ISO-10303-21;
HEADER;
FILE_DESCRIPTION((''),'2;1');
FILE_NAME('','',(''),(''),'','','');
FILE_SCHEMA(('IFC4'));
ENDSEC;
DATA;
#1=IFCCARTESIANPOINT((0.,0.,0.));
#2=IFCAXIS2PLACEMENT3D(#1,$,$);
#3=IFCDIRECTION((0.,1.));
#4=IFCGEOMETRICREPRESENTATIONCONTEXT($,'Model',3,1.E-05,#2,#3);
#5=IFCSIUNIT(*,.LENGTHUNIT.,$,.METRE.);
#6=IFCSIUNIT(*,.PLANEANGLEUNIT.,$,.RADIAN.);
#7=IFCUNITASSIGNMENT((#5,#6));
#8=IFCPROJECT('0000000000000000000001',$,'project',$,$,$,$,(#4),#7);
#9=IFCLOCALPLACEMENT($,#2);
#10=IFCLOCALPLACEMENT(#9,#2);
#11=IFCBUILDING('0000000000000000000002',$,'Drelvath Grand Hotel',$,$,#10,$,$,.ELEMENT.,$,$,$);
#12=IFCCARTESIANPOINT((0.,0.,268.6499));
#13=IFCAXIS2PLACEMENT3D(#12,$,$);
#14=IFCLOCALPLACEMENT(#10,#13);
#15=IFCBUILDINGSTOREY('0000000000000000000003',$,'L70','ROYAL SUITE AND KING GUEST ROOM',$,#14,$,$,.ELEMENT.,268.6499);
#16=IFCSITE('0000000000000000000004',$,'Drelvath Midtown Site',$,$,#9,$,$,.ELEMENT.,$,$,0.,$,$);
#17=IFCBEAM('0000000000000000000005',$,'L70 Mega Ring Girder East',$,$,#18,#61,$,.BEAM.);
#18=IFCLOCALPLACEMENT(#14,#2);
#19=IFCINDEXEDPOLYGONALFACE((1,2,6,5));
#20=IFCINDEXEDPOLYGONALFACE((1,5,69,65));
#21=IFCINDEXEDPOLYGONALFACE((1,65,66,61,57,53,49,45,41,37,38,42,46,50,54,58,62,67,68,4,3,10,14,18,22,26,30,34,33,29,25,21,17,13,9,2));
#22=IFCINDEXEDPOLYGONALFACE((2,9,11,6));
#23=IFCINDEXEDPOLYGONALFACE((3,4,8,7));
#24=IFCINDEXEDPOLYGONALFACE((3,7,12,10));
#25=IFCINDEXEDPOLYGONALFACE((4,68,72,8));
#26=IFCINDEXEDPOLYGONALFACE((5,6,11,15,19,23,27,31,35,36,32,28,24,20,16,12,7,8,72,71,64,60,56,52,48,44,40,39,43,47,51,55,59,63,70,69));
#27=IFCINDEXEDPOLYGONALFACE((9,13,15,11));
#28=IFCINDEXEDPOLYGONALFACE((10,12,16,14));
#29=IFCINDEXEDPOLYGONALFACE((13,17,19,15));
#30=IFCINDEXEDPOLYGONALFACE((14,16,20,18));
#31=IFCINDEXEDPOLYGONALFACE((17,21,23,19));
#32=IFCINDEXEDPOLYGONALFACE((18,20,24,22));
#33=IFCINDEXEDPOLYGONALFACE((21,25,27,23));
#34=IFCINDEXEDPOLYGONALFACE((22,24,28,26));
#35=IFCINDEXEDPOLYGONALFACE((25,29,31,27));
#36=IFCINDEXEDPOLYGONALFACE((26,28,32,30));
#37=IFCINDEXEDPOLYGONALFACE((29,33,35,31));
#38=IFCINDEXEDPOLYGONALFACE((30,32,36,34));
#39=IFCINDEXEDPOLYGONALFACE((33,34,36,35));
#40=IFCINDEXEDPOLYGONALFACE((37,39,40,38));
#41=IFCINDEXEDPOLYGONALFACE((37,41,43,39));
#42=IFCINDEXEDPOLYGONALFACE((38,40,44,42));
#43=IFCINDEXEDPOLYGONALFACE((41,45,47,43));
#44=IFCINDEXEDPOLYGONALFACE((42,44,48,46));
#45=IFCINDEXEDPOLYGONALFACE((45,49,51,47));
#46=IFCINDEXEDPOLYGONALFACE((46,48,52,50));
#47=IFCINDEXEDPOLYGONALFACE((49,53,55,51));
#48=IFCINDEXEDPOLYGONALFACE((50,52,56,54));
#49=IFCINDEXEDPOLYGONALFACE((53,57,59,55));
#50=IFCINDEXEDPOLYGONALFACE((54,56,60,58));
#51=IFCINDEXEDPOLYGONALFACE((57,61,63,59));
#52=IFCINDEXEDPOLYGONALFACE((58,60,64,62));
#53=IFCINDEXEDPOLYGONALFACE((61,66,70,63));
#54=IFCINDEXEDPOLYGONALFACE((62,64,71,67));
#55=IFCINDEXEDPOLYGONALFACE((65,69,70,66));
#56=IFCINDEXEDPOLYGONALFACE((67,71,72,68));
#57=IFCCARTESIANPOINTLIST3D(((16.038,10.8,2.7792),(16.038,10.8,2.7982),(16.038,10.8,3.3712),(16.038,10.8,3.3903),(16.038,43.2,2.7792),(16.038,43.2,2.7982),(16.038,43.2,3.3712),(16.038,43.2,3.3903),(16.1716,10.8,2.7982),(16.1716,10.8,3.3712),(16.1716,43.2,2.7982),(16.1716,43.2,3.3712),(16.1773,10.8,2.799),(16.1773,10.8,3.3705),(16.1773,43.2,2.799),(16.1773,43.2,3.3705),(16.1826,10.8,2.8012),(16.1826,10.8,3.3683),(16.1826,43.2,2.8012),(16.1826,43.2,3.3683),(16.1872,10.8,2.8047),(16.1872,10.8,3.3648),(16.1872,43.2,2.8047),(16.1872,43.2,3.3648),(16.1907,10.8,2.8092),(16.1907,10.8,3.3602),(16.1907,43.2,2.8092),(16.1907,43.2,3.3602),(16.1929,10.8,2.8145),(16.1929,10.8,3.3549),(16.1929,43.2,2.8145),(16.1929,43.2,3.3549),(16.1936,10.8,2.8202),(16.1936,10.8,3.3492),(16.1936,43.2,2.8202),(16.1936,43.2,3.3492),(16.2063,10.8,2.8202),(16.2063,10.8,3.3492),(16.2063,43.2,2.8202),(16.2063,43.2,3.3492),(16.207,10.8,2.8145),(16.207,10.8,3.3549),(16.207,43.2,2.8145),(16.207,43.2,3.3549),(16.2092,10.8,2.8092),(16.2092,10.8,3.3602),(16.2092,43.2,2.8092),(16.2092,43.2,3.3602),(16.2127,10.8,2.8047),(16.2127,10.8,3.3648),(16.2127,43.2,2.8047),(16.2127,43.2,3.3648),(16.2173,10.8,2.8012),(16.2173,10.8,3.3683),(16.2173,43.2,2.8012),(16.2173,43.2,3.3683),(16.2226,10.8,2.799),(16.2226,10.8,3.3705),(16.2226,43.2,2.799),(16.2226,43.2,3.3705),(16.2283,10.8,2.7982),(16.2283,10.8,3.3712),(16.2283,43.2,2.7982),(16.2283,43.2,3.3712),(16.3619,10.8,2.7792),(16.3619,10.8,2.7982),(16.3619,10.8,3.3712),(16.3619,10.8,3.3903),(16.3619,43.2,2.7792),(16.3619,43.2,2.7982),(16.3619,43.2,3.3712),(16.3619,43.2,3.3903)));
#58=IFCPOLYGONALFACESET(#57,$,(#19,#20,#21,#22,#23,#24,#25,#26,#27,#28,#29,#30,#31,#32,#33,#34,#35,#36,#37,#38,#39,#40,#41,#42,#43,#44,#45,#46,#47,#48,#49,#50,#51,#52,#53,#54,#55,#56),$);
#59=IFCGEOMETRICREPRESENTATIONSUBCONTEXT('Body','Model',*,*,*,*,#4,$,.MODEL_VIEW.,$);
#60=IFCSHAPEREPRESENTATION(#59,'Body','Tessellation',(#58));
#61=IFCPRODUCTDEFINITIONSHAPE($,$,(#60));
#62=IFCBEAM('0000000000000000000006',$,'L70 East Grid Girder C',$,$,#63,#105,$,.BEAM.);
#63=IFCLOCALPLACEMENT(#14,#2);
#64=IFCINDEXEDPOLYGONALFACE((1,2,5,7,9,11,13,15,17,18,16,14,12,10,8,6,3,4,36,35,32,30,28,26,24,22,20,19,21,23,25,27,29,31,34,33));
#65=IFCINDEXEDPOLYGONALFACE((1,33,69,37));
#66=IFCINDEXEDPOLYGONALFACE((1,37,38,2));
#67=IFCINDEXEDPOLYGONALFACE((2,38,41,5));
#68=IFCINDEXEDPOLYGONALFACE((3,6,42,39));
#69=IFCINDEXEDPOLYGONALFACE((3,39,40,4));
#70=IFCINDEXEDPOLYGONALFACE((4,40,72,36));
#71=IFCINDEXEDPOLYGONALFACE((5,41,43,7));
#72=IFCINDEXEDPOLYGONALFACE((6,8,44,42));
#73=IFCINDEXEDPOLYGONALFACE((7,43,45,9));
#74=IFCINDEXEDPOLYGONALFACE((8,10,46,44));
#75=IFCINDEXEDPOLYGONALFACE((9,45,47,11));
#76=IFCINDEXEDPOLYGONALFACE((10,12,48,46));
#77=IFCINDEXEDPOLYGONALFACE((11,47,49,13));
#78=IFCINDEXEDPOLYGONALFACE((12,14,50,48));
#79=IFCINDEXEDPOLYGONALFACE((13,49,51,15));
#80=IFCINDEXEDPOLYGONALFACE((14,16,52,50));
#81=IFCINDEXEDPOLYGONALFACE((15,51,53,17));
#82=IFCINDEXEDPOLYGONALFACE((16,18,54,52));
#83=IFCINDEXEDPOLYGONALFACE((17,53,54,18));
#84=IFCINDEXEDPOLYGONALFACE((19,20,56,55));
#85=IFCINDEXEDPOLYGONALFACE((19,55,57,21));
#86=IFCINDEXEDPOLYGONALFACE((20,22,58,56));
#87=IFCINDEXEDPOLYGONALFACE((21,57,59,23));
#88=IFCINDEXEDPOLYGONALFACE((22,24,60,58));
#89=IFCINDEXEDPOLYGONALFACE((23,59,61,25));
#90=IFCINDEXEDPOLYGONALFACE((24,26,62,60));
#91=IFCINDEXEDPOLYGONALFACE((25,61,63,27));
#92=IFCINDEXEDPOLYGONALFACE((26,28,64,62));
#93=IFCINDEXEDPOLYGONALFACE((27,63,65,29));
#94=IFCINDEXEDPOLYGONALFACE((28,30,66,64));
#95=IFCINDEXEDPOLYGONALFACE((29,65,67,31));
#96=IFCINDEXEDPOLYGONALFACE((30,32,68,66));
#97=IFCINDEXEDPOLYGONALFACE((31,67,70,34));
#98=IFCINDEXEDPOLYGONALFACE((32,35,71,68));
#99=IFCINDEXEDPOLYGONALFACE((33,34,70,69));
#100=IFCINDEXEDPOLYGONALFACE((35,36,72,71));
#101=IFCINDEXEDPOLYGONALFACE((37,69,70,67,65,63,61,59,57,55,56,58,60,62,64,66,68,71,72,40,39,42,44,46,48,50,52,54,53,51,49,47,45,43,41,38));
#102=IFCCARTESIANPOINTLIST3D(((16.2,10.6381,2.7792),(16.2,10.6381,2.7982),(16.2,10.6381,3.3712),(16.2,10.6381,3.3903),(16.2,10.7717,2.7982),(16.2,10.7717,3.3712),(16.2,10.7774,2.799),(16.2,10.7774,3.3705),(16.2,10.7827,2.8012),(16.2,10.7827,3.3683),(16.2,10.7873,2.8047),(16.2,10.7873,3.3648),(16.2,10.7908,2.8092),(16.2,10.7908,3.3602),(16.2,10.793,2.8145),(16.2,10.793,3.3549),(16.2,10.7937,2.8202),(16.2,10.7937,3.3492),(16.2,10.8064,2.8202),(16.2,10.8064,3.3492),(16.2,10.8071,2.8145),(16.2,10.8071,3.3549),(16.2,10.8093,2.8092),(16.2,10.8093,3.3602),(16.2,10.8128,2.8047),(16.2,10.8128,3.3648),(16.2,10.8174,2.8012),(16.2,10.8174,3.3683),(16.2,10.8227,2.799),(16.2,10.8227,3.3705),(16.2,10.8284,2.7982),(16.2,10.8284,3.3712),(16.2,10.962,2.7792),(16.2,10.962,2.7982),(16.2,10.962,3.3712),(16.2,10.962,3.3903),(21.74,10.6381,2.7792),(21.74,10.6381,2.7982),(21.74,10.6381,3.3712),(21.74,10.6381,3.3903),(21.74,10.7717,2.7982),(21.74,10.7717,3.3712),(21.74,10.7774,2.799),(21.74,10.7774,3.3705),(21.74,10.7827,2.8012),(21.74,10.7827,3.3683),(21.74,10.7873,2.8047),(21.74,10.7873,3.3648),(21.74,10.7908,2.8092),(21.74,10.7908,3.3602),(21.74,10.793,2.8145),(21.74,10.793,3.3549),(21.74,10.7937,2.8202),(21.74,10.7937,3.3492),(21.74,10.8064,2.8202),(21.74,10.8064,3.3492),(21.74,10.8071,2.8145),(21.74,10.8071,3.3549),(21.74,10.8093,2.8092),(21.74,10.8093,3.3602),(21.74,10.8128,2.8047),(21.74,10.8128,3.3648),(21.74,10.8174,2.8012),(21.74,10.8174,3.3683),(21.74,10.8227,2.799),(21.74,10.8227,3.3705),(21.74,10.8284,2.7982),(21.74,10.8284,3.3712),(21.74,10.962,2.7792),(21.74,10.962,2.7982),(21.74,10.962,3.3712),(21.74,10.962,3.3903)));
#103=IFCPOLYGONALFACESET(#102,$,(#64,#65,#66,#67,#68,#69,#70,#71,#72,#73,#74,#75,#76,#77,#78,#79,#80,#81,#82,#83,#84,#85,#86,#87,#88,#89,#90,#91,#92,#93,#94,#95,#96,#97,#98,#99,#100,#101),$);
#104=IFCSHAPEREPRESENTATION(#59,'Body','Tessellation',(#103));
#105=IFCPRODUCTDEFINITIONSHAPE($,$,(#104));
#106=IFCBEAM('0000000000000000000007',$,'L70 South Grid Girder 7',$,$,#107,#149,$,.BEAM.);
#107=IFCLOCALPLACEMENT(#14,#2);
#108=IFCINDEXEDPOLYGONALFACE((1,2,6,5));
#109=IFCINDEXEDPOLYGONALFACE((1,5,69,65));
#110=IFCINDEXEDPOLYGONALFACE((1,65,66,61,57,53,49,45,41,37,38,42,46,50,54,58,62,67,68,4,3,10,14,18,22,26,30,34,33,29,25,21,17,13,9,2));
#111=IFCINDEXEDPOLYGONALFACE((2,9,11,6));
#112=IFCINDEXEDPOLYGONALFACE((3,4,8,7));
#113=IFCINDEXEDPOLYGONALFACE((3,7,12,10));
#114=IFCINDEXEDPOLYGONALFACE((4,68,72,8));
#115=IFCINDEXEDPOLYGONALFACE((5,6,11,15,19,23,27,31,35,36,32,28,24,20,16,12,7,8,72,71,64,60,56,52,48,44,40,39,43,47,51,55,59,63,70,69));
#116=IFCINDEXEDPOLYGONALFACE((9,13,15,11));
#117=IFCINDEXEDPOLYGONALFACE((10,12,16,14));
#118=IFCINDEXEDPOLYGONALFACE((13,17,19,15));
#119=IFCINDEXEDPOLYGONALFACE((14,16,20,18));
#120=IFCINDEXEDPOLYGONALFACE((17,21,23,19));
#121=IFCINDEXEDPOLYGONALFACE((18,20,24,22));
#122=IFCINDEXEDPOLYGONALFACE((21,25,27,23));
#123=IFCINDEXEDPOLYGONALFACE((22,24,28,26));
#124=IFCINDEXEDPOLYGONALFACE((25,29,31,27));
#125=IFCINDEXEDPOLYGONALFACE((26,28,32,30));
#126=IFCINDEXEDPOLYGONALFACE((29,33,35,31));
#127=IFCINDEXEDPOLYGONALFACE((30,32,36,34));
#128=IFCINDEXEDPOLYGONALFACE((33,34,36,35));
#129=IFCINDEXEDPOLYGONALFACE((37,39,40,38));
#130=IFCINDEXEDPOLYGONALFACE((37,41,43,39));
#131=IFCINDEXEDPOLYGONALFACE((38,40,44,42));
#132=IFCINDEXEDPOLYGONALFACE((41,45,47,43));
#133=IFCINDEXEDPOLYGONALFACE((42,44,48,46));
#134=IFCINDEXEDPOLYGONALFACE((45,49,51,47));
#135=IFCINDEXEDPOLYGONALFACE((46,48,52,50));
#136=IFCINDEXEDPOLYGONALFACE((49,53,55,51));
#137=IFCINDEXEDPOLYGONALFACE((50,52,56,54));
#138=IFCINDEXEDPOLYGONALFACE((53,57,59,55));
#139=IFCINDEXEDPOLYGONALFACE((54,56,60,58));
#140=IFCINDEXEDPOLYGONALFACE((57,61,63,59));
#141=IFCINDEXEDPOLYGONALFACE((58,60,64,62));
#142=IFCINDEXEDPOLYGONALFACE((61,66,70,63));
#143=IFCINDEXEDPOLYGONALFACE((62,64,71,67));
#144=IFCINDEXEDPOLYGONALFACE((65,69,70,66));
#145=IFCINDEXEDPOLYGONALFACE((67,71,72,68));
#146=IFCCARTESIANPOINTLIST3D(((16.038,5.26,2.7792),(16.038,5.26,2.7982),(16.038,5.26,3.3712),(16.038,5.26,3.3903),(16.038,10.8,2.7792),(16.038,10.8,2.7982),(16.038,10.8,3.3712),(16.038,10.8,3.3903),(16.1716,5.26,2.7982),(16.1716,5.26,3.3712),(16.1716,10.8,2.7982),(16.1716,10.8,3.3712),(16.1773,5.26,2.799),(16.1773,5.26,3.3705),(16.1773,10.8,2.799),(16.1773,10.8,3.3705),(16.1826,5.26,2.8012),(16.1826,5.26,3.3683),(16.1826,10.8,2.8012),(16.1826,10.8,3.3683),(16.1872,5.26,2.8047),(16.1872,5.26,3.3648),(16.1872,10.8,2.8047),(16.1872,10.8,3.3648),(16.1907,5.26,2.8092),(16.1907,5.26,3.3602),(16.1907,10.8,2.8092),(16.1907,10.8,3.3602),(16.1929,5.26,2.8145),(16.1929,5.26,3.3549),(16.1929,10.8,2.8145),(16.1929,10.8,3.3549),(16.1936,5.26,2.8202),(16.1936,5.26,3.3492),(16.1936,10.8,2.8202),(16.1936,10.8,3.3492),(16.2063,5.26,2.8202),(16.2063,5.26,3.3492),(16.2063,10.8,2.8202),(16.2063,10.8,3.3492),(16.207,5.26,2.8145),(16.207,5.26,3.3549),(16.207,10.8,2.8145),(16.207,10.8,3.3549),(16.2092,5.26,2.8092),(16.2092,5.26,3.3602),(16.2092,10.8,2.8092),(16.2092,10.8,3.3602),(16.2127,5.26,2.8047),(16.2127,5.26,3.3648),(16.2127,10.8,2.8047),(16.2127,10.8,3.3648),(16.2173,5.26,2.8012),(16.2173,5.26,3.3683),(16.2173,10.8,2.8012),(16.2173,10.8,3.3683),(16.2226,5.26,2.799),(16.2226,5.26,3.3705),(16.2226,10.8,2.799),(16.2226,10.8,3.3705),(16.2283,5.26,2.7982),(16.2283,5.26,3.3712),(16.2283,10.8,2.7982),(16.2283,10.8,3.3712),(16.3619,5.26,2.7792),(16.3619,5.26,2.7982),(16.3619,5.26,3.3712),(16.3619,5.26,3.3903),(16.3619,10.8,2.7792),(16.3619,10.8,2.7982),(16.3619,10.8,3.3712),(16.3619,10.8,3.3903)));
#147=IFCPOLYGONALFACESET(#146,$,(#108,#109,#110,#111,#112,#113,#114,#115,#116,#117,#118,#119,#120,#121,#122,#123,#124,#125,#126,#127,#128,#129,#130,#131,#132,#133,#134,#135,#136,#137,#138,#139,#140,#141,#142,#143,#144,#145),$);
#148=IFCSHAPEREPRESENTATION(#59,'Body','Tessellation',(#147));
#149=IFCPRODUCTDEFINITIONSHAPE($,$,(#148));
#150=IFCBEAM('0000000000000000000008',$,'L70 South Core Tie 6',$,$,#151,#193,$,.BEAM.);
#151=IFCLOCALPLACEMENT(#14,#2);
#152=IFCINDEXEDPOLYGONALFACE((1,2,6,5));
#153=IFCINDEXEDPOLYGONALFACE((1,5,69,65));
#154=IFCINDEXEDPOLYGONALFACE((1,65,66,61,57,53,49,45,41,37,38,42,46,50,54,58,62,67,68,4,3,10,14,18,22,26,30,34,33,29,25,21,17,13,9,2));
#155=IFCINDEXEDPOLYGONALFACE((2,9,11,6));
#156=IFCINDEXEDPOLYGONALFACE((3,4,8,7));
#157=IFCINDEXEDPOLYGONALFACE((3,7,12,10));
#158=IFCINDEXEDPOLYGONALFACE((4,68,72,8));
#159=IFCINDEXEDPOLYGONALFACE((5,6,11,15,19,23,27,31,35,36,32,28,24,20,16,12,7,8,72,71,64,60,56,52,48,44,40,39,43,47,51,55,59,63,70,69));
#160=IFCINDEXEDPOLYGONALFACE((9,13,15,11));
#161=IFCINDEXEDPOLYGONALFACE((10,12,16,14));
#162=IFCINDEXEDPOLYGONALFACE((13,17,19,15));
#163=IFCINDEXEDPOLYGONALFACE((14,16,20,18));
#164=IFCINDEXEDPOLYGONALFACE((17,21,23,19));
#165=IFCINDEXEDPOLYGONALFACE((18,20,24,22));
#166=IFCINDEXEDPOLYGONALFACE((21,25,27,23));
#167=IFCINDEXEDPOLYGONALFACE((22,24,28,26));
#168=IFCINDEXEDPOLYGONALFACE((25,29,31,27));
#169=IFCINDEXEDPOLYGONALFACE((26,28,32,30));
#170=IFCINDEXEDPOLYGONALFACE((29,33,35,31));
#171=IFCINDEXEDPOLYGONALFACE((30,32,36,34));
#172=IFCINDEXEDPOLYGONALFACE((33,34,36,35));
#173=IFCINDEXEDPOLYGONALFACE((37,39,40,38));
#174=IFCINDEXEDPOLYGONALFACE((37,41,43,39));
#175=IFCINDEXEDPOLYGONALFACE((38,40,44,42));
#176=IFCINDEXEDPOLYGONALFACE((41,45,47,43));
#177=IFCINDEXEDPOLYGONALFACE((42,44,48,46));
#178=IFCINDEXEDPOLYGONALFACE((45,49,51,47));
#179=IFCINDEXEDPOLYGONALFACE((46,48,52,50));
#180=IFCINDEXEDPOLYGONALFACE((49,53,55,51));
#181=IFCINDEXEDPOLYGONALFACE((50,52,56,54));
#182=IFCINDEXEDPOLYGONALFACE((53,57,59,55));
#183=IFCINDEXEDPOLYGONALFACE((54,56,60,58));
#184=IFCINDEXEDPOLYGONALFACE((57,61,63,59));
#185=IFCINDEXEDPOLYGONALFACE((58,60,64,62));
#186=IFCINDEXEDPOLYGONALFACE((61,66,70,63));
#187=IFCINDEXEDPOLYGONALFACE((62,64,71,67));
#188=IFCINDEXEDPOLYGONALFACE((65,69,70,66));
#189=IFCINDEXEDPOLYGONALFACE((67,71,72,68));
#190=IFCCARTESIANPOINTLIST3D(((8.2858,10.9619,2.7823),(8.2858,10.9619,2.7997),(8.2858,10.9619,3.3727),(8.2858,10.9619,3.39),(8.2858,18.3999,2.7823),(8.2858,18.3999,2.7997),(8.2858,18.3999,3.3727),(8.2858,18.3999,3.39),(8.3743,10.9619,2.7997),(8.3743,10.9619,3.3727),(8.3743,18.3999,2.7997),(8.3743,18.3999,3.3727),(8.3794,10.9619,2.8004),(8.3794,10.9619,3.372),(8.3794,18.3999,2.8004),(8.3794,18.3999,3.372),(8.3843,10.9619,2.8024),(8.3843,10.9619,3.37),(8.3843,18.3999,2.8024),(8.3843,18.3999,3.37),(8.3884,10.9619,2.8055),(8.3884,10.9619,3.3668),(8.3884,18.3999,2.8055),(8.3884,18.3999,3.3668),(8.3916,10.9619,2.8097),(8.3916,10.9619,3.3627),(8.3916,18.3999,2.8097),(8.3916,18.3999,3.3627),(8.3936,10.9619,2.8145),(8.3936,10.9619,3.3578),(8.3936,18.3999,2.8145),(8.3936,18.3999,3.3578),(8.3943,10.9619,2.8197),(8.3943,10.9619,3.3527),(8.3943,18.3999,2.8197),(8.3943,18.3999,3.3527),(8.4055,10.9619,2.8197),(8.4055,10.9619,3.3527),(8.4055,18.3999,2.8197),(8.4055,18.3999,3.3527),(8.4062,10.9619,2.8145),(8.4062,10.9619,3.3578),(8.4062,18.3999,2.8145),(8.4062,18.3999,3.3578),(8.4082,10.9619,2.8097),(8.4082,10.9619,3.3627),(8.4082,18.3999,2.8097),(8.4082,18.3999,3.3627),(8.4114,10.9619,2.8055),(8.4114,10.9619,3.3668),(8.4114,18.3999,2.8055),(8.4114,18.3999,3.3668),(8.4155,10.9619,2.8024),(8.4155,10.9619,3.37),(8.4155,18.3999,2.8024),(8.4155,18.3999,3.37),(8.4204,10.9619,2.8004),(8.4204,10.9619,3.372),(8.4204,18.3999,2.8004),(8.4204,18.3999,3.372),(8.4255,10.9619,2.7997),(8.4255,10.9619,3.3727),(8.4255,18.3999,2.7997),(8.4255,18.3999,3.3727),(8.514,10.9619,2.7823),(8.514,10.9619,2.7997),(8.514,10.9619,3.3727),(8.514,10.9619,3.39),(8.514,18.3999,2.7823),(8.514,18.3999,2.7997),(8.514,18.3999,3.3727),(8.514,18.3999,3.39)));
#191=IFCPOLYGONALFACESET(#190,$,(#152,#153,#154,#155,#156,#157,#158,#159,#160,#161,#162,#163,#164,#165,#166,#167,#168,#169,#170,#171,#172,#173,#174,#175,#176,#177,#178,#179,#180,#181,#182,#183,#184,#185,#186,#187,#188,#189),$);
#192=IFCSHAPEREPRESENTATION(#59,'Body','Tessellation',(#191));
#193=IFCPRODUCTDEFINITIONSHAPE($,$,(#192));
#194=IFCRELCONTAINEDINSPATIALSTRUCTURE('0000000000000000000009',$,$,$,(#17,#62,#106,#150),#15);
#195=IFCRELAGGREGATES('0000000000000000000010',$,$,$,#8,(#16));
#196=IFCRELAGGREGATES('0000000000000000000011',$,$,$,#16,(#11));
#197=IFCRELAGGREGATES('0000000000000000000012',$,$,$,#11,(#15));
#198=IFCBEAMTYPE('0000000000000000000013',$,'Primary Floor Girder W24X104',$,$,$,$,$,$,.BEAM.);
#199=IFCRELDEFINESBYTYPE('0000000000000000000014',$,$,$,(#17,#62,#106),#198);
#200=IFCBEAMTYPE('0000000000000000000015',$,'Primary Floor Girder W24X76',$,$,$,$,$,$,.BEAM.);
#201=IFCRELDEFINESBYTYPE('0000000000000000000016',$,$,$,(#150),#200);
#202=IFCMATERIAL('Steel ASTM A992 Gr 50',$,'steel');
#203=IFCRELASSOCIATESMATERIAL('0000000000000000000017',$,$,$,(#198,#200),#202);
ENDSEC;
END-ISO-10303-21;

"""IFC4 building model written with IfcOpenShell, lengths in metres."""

from ifc_helpers import new_model, si_unit, direction, frame, origin, origin_2d, place, context, subcontext, project, spatial, i_section, extrude, material, material_profile, profile_set, type_object, element, save


model = new_model("IFC4")

# Units and contexts
model_context = context("Model", 3, precision=1e-05, world=origin(), true_north=direction((0.0, 1.0)))
body_context = subcontext(model_context, "Body", "Model", "MODEL_VIEW")
ifc_project = project(units=[si_unit("LENGTHUNIT", "METRE"), si_unit("PLANEANGLEUNIT", "RADIAN")], contexts=[model_context])

# Site, building, storey
site_placement = place(None, origin())
site = spatial("IfcSite", under=ifc_project, at=site_placement, Name="Drelvath Midtown Site", CompositionType="ELEMENT", RefElevation=0.0)
building_placement = place(site_placement, origin())
building = spatial("IfcBuilding", under=site, at=building_placement, Name="Drelvath Grand Hotel", CompositionType="ELEMENT")
storey_placement = place(building_placement, frame((0.0, 0.0, 268.6499)))
storey = spatial("IfcBuildingStorey", under=building, at=storey_placement, Name="L70", Description="ROYAL SUITE AND KING GUEST ROOM", CompositionType="ELEMENT", Elevation=268.6499)

# Shared definitions
ifc_material_1 = material(Name="Steel ASTM A992 Gr 50", Category="steel")

# Beams
ifc_material_profile_1 = material_profile(ifc_material_1, i_section(OverallWidth=0.324, OverallDepth=0.6111, WebThickness=0.0127, FlangeThickness=0.019, FilletRadius=0.022, at=origin_2d()), Name="W24X104")
ifc_profile_set_1 = profile_set([ifc_material_profile_1], Name="Steel ASTM A992 Gr 50")
beam_type_1 = type_object("IfcBeamType", Name="Primary Floor Girder W24X104", PredefinedType="BEAM", material=ifc_profile_set_1)
beam_1_placement = place(storey_placement, frame((16.2, 10.8, 3.0847), z_axis=(0.0, 1.0, 0.0), x_axis=(-1.0, 0.0, 0.0)))
element("IfcBeam", 1, at=beam_1_placement, inside=storey, type_object=beam_type_1, Name="L70 Mega Ring Girder East", PredefinedType="BEAM", context=body_context, shape_type="SweptSolid", body=[
    extrude(i_section(OverallWidth=0.324, OverallDepth=0.6111, WebThickness=0.0127, FlangeThickness=0.019, FilletRadius=0.022, at=origin_2d()), origin(), (0.0, 0.0, 1.0), 32.3999),
])
for number, where, z_axis, x_axis, name in (
    (2, (16.2, 10.8, 3.0847), (1.0, 0.0, 0.0), (0.0, 1.0, 0.0), "L70 East Grid Girder C"),
    (3, (16.2, 5.26, 3.0847), (0.0, 1.0, 0.0), (-1.0, 0.0, 0.0), "L70 South Grid Girder 7"),
):
    element("IfcBeam", number, at=place(storey_placement, frame(where, z_axis=z_axis, x_axis=x_axis)), inside=storey, type_object=beam_type_1, Name=name, PredefinedType="BEAM", context=body_context, shape_type="SweptSolid", body=[
        extrude(i_section(OverallWidth=0.324, OverallDepth=0.6111, WebThickness=0.0127, FlangeThickness=0.019, FilletRadius=0.022, at=origin_2d()), origin(), (0.0, 0.0, 1.0), 5.54),
    ])
ifc_material_profile_2 = material_profile(ifc_material_1, i_section(OverallWidth=0.2283, OverallDepth=0.6077, WebThickness=0.0112, FlangeThickness=0.0173, FilletRadius=0.02, at=origin_2d()), Name="W24X76")
ifc_profile_set_2 = profile_set([ifc_material_profile_2], Name="Steel ASTM A992 Gr 50")
beam_type_2 = type_object("IfcBeamType", Name="Primary Floor Girder W24X76", PredefinedType="BEAM", material=ifc_profile_set_2)
beam_2_placement = place(storey_placement, frame((8.3999, 10.9619, 3.0862), z_axis=(0.0, 1.0, 0.0), x_axis=(-1.0, 0.0, 0.0)))
element("IfcBeam", 4, at=beam_2_placement, inside=storey, type_object=beam_type_2, Name="L70 South Core Tie 6", PredefinedType="BEAM", context=body_context, shape_type="SweptSolid", body=[
    extrude(i_section(OverallWidth=0.2283, OverallDepth=0.6077, WebThickness=0.0112, FlangeThickness=0.0173, FilletRadius=0.02, at=origin_2d()), origin(), (0.0, 0.0, 1.0), 7.438),
])

save(model, "model.ifc")
